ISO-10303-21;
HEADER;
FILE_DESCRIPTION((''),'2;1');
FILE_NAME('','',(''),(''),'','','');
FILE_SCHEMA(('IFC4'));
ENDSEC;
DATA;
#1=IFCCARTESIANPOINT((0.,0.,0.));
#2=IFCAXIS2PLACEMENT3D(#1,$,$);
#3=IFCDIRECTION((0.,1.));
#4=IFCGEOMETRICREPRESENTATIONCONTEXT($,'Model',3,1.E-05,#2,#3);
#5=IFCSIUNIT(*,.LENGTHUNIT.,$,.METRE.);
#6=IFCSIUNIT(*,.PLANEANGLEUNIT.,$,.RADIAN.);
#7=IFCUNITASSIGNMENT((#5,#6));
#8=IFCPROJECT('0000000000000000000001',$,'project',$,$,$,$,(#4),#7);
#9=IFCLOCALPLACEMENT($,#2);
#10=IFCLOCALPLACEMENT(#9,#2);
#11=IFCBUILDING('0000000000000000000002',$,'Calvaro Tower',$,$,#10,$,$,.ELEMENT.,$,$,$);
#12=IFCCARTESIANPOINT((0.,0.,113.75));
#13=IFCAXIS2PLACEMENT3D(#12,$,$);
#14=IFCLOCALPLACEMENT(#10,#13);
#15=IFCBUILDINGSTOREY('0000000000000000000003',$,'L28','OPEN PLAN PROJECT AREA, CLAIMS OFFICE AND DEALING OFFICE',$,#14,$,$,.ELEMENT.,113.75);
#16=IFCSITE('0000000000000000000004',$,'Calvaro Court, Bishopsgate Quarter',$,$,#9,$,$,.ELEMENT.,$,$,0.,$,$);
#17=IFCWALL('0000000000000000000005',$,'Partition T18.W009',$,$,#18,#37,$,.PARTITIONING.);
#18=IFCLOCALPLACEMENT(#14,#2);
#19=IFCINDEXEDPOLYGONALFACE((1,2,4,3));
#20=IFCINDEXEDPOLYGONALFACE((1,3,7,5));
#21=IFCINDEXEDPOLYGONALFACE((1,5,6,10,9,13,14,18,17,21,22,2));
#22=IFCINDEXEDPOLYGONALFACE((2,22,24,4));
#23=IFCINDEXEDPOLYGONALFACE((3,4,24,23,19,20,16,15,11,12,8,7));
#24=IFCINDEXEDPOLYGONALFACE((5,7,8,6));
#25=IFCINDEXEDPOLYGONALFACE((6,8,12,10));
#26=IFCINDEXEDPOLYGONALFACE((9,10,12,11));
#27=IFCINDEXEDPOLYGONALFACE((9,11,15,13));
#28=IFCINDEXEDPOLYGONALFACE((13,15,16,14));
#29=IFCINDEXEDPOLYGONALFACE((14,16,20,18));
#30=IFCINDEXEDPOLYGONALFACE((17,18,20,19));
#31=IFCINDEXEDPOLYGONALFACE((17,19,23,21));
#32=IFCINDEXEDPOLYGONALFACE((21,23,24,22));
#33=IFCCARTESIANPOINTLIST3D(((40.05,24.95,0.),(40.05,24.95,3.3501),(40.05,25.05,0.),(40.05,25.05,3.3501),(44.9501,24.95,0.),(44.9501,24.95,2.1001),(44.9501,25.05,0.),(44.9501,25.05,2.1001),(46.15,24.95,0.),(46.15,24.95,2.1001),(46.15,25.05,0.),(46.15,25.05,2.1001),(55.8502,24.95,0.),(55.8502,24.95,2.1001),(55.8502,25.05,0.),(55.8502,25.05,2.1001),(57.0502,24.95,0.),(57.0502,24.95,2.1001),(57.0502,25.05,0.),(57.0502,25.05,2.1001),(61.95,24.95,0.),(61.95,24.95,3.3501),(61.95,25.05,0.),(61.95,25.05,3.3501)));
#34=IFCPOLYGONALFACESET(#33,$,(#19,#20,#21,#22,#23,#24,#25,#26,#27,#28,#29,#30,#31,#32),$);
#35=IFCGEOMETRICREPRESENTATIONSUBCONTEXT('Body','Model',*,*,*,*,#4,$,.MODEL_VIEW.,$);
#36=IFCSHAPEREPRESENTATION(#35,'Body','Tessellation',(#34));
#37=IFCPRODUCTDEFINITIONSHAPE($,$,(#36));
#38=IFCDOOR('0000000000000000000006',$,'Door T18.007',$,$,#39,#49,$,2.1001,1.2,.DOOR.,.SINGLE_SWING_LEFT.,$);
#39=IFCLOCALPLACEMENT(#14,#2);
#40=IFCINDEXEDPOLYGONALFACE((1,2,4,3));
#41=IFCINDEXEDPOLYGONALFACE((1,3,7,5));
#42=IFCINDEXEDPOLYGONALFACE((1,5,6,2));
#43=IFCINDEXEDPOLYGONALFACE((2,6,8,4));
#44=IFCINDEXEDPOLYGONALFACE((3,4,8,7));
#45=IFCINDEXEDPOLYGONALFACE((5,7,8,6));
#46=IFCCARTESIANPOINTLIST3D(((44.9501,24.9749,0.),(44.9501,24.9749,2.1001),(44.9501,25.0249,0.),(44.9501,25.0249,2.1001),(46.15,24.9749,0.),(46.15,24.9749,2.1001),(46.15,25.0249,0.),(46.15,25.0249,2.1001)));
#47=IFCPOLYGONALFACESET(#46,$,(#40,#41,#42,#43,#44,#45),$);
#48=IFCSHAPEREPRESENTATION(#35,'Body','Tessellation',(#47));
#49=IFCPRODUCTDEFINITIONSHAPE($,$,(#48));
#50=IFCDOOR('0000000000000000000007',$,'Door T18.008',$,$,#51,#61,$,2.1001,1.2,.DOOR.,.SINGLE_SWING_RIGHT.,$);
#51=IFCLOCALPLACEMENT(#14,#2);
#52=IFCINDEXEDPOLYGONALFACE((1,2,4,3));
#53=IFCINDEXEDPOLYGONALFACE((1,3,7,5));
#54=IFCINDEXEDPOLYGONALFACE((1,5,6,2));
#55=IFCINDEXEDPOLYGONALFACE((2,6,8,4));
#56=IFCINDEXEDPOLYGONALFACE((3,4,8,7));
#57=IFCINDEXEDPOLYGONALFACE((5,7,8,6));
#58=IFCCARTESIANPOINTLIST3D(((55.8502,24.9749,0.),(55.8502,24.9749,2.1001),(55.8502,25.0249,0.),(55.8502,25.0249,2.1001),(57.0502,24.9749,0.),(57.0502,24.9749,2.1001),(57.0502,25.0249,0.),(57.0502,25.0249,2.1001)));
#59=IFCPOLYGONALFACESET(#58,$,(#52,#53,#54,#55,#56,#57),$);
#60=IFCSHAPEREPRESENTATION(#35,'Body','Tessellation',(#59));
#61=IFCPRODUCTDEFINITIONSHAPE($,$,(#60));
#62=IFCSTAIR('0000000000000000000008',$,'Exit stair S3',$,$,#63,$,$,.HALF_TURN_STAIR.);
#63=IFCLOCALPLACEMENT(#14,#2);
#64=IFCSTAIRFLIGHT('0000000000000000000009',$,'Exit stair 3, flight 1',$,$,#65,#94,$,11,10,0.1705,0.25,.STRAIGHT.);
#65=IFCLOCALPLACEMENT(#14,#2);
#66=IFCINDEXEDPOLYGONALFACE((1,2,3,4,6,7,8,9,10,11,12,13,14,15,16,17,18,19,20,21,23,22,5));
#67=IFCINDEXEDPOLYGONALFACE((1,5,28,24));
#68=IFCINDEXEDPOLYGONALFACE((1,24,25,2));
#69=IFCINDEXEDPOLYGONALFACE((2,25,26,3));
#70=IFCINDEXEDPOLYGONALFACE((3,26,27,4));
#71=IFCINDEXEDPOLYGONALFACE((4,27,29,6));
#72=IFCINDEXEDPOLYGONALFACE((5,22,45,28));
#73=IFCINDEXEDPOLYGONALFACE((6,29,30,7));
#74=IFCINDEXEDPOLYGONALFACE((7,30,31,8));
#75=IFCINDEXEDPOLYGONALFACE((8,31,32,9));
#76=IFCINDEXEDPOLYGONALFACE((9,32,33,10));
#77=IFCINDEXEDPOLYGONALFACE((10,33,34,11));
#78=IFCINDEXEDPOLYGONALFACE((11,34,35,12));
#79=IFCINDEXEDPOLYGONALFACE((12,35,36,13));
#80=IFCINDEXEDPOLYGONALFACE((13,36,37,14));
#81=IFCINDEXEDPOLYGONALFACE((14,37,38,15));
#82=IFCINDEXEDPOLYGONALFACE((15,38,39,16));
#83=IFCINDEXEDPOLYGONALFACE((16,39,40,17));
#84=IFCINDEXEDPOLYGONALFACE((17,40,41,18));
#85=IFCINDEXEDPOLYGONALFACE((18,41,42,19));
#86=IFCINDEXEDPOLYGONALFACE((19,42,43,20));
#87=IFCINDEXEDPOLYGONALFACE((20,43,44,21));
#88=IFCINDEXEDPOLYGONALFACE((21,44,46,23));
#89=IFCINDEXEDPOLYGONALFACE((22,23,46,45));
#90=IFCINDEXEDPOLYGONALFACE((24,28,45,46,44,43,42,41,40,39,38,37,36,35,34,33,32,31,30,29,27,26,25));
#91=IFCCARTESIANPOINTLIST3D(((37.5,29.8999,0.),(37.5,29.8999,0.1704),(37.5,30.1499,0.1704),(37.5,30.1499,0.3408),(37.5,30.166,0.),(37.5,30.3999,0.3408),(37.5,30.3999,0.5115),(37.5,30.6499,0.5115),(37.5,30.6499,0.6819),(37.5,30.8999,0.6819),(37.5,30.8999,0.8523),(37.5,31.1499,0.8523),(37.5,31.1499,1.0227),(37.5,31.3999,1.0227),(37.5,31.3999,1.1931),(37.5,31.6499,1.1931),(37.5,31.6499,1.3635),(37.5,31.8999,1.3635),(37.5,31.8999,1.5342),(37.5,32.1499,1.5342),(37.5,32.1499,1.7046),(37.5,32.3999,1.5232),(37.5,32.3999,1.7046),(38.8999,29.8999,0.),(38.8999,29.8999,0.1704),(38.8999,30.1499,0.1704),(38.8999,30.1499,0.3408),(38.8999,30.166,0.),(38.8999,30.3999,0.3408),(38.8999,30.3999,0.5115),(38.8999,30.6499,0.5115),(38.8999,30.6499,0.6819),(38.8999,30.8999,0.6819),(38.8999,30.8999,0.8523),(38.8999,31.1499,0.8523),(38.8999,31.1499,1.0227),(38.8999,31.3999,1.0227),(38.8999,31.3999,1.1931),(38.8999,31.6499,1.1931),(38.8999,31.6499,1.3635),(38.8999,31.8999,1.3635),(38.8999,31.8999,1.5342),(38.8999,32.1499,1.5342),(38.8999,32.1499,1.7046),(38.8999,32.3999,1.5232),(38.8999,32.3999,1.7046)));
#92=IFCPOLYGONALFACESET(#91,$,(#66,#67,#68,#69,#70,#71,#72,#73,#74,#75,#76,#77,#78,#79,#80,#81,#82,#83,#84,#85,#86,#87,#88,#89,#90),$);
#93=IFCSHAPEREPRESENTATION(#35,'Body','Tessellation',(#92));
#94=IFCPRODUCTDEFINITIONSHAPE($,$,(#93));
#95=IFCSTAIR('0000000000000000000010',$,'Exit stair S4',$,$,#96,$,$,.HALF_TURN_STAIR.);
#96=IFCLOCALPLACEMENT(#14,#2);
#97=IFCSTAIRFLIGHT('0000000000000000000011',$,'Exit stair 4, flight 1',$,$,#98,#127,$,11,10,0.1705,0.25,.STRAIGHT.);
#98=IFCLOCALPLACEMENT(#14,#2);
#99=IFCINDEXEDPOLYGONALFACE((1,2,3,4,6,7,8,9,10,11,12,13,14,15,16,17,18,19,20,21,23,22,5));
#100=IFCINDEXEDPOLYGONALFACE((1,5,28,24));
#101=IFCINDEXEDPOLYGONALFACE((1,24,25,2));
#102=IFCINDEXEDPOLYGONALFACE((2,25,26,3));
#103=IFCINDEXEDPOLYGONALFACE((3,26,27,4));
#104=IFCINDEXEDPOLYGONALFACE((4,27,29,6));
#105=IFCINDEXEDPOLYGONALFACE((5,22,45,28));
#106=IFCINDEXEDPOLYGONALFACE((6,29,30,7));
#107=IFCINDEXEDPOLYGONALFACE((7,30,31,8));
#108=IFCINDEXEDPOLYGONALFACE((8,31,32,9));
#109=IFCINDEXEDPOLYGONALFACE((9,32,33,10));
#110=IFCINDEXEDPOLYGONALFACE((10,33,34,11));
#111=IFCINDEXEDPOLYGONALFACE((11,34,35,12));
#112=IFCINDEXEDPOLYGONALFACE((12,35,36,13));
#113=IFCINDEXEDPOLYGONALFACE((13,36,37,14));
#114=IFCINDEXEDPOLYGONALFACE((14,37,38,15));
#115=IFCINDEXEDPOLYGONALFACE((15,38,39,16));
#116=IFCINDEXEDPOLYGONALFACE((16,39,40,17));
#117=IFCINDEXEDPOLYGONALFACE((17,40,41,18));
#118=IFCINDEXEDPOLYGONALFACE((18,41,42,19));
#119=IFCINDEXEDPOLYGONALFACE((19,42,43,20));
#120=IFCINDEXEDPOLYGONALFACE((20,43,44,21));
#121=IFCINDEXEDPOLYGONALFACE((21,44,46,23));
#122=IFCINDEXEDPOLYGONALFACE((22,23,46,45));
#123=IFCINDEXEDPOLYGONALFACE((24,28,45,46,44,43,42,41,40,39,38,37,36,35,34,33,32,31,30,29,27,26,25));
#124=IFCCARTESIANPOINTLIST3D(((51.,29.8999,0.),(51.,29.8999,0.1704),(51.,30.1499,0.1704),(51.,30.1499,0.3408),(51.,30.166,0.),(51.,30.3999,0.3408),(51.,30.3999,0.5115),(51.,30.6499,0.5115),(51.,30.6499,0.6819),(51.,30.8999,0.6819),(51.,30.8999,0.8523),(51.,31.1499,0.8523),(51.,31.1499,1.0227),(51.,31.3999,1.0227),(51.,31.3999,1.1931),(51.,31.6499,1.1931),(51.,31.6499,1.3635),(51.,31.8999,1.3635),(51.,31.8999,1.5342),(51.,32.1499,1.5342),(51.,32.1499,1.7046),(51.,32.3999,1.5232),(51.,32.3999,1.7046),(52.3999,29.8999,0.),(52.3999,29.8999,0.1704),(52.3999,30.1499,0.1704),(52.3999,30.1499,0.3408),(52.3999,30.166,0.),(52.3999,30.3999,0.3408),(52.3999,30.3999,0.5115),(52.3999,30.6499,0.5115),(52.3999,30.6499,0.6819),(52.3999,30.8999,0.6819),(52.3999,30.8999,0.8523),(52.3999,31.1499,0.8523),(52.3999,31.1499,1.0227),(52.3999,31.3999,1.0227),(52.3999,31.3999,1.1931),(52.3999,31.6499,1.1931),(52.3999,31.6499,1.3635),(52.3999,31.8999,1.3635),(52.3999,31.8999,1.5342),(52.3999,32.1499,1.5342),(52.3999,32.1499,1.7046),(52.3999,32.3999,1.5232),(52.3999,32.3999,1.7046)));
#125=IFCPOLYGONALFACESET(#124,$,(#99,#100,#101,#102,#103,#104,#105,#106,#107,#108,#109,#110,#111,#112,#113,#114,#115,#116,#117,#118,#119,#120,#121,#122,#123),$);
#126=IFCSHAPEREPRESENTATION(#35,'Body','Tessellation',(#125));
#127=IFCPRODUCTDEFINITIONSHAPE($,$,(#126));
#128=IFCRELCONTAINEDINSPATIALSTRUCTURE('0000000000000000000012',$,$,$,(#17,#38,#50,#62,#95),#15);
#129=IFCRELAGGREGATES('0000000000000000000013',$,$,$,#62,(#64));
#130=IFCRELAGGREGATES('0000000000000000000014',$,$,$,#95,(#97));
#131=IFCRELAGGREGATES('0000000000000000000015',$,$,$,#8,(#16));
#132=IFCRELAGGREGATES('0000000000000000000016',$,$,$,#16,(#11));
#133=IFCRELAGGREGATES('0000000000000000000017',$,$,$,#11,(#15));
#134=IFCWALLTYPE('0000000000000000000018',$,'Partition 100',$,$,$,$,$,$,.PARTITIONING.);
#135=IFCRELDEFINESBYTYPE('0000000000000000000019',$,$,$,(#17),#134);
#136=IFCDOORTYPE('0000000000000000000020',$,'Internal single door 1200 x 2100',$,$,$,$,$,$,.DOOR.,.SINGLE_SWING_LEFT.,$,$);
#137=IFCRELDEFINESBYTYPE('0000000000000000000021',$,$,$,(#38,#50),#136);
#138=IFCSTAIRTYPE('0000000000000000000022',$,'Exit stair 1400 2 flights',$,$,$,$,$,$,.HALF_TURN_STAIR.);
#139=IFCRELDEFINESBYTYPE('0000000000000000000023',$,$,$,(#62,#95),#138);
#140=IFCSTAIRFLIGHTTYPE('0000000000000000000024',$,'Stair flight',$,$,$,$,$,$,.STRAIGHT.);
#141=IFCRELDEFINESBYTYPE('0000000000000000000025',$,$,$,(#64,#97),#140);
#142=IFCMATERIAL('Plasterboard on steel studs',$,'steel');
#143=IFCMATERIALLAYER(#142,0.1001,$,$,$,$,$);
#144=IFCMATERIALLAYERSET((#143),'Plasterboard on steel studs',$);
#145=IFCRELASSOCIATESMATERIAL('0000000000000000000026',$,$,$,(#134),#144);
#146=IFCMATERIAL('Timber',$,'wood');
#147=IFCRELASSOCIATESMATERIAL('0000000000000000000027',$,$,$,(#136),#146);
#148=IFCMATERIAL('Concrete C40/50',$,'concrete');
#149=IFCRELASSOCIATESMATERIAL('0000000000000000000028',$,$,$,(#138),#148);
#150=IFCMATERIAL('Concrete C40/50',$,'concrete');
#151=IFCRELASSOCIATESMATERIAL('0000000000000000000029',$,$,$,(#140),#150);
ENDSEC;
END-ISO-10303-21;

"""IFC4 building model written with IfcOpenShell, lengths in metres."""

from ifc_helpers import new_model, si_unit, direction, frame, frame_2d, origin, place, context, subcontext, project, spatial, polyline, rectangle, outline, extrude, material, layer, layer_set, type_object, element, fill, aggregate, save


model = new_model("IFC4")

# Units and contexts
model_context = context("Model", 3, precision=1e-05, world=origin(), true_north=direction((0.0, 1.0)))
body_context = subcontext(model_context, "Body", "Model", "MODEL_VIEW")
ifc_project = project(units=[si_unit("LENGTHUNIT", "METRE"), si_unit("PLANEANGLEUNIT", "RADIAN")], contexts=[model_context])

# Site, building, storey
site_placement = place(None, origin())
site = spatial("IfcSite", under=ifc_project, at=site_placement, Name="Calvaro Court, Bishopsgate Quarter", CompositionType="ELEMENT", RefElevation=0.0)
building_placement = place(site_placement, origin())
building = spatial("IfcBuilding", under=site, at=building_placement, Name="Calvaro Tower", CompositionType="ELEMENT")
storey_placement = place(building_placement, frame((0.0, 0.0, 113.75)))
storey = spatial("IfcBuildingStorey", under=building, at=storey_placement, Name="L28", Description="OPEN PLAN PROJECT AREA, CLAIMS OFFICE AND DEALING OFFICE", CompositionType="ELEMENT", Elevation=113.75)

# Shared definitions
ifc_material_1 = material(Name="Plasterboard on steel studs", Category="steel")
ifc_layer_1 = layer(ifc_material_1, 0.1001)
ifc_layer_set_1 = layer_set([ifc_layer_1], Name="Plasterboard on steel studs")
wall_type_1 = type_object("IfcWallType", Name="Partition 100", PredefinedType="PARTITIONING", material=ifc_layer_set_1)

# Wall, openings, doors
wall_1_placement = place(storey_placement, frame((40.05, 25.0, 0.0), z_axis=(0.0, 0.0, 1.0), x_axis=(1.0, 0.0, 0.0)))
wall_1 = element("IfcWall", 1, at=wall_1_placement, inside=storey, type_object=wall_type_1, Name="Partition T18.W009", PredefinedType="PARTITIONING", context=body_context, shape_type="SweptSolid", body=[
    extrude(rectangle(XDim=21.8999, YDim=0.1001, at=frame_2d((10.95, 0.0))), origin(), (0.0, 0.0, 1.0), 3.3501),
])
opening_1_placement = place(wall_1_placement, frame((4.8999, 0.0, 0.0)))
opening_1 = element("IfcOpeningElement", 2, at=opening_1_placement, cuts=wall_1, PredefinedType="OPENING", context=body_context, shape_type="SweptSolid", body=[
    extrude(rectangle(XDim=1.2, YDim=2.1001, at=frame_2d((0.6001, 1.05))), frame((0.0, 0.0601, 0.0), z_axis=(0.0, -1.0, 0.0), x_axis=(1.0, 0.0, 0.0)), (0.0, 0.0, 1.0), 0.1201),
])
opening_2_placement = place(wall_1_placement, frame((15.8, 0.0, 0.0)))
opening_2 = element("IfcOpeningElement", 3, at=opening_2_placement, cuts=wall_1, PredefinedType="OPENING", context=body_context, shape_type="SweptSolid", body=[
    extrude(rectangle(XDim=1.2, YDim=2.1001, at=frame_2d((0.6001, 1.05))), frame((0.0, 0.0601, 0.0), z_axis=(0.0, -1.0, 0.0), x_axis=(1.0, 0.0, 0.0)), (0.0, 0.0, 1.0), 0.1201),
])
ifc_material_2 = material(Name="Timber", Category="wood")
door_type = type_object("IfcDoorType", Name="Internal single door 1200 x 2100", OperationType="SINGLE_SWING_LEFT", PredefinedType="DOOR", material=ifc_material_2)
door_1_placement = place(opening_1_placement, origin())
door_1 = element("IfcDoor", 4, at=door_1_placement, inside=storey, type_object=door_type, Name="Door T18.007", OperationType="SINGLE_SWING_LEFT", OverallHeight=2.1001, OverallWidth=1.2, PredefinedType="DOOR", context=body_context, shape_type="SweptSolid", body=[
    extrude(rectangle(XDim=1.2, YDim=2.1001, at=frame_2d((0.6001, 1.05))), frame((0.0, 0.0249, 0.0), z_axis=(0.0, -1.0, 0.0), x_axis=(1.0, 0.0, 0.0)), (0.0, 0.0, 1.0), 0.05),
])
fill(opening_1, door_1)
door_2_placement = place(opening_2_placement, origin())
door_2 = element("IfcDoor", 5, at=door_2_placement, inside=storey, type_object=door_type, Name="Door T18.008", OperationType="SINGLE_SWING_RIGHT", OverallHeight=2.1001, OverallWidth=1.2, PredefinedType="DOOR", context=body_context, shape_type="SweptSolid", body=[
    extrude(rectangle(XDim=1.2, YDim=2.1001, at=frame_2d((0.6001, 1.05))), frame((0.0, 0.0249, 0.0), z_axis=(0.0, -1.0, 0.0), x_axis=(1.0, 0.0, 0.0)), (0.0, 0.0, 1.0), 0.05),
])
fill(opening_2, door_2)

# Stairs, stair flights
ifc_material_3 = material(Name="Concrete C40/50", Category="concrete")
stair_type = type_object("IfcStairType", Name="Exit stair 1400 2 flights", PredefinedType="HALF_TURN_STAIR", material=ifc_material_3)
stair_1_placement = place(storey_placement, origin())
stair_1 = element("IfcStair", 6, at=stair_1_placement, inside=storey, type_object=stair_type, Name="Exit stair S3", PredefinedType="HALF_TURN_STAIR")
ifc_material_4 = material(Name="Concrete C40/50", Category="concrete")
stair_flight_type = type_object("IfcStairFlightType", Name="Stair flight", PredefinedType="STRAIGHT", material=ifc_material_4)
stair_flight_1_placement = place(storey_placement, frame((38.2, 29.8999, 0.0), z_axis=(0.0, 0.0, 1.0), x_axis=(0.0, 1.0, 0.0)))
stair_flight_1 = element("IfcStairFlight", 7, at=stair_flight_1_placement, type_object=stair_flight_type, Name="Exit stair 3, flight 1", NumberOfRisers=11, NumberOfTreads=10, PredefinedType="STRAIGHT", RiserHeight=0.1705, TreadLength=0.25, context=body_context, shape_type="SweptSolid", body=[
    extrude(outline(polyline([(0.0, 0.0), (0.0, 0.1704), (0.25, 0.1704), (0.25, 0.3408), (0.5, 0.3408), (0.5, 0.5115), (0.75, 0.5115), (0.75, 0.6819), (1.0, 0.6819), (1.0, 0.8523), (1.25, 0.8523), (1.25, 1.0227), (1.5, 1.0227), (1.5, 1.1931), (1.75, 1.1931), (1.75, 1.3635), (2.0, 1.3635), (2.0, 1.5342), (2.25, 1.5342), (2.25, 1.7046), (2.5, 1.7046), (2.5, 1.875), (2.5, 1.5232), (0.2661, 0.0), (0.0, 0.0)])), frame((0.0, 0.7, 0.0), z_axis=(0.0, -1.0, 0.0), x_axis=(1.0, 0.0, 0.0)), (0.0, 0.0, 1.0), 1.3999),
])
stair_2_placement = place(storey_placement, origin())
stair_2 = element("IfcStair", 8, at=stair_2_placement, inside=storey, type_object=stair_type, Name="Exit stair S4", PredefinedType="HALF_TURN_STAIR")
stair_flight_2_placement = place(storey_placement, frame((51.7, 29.8999, 0.0), z_axis=(0.0, 0.0, 1.0), x_axis=(0.0, 1.0, 0.0)))
stair_flight_2 = element("IfcStairFlight", 9, at=stair_flight_2_placement, type_object=stair_flight_type, Name="Exit stair 4, flight 1", NumberOfRisers=11, NumberOfTreads=10, PredefinedType="STRAIGHT", RiserHeight=0.1705, TreadLength=0.25, context=body_context, shape_type="SweptSolid", body=[
    extrude(outline(polyline([(0.0, 0.0), (0.0, 0.1704), (0.25, 0.1704), (0.25, 0.3408), (0.5, 0.3408), (0.5, 0.5115), (0.75, 0.5115), (0.75, 0.6819), (1.0, 0.6819), (1.0, 0.8523), (1.25, 0.8523), (1.25, 1.0227), (1.5, 1.0227), (1.5, 1.1931), (1.75, 1.1931), (1.75, 1.3635), (2.0, 1.3635), (2.0, 1.5342), (2.25, 1.5342), (2.25, 1.7046), (2.5, 1.7046), (2.5, 1.875), (2.5, 1.5232), (0.2661, 0.0), (0.0, 0.0)])), frame((0.0, 0.7, 0.0), z_axis=(0.0, -1.0, 0.0), x_axis=(1.0, 0.0, 0.0)), (0.0, 0.0, 1.0), 1.3999),
])

aggregate(stair_1, [stair_flight_1])
aggregate(stair_2, [stair_flight_2])

save(model, "model.ifc")
